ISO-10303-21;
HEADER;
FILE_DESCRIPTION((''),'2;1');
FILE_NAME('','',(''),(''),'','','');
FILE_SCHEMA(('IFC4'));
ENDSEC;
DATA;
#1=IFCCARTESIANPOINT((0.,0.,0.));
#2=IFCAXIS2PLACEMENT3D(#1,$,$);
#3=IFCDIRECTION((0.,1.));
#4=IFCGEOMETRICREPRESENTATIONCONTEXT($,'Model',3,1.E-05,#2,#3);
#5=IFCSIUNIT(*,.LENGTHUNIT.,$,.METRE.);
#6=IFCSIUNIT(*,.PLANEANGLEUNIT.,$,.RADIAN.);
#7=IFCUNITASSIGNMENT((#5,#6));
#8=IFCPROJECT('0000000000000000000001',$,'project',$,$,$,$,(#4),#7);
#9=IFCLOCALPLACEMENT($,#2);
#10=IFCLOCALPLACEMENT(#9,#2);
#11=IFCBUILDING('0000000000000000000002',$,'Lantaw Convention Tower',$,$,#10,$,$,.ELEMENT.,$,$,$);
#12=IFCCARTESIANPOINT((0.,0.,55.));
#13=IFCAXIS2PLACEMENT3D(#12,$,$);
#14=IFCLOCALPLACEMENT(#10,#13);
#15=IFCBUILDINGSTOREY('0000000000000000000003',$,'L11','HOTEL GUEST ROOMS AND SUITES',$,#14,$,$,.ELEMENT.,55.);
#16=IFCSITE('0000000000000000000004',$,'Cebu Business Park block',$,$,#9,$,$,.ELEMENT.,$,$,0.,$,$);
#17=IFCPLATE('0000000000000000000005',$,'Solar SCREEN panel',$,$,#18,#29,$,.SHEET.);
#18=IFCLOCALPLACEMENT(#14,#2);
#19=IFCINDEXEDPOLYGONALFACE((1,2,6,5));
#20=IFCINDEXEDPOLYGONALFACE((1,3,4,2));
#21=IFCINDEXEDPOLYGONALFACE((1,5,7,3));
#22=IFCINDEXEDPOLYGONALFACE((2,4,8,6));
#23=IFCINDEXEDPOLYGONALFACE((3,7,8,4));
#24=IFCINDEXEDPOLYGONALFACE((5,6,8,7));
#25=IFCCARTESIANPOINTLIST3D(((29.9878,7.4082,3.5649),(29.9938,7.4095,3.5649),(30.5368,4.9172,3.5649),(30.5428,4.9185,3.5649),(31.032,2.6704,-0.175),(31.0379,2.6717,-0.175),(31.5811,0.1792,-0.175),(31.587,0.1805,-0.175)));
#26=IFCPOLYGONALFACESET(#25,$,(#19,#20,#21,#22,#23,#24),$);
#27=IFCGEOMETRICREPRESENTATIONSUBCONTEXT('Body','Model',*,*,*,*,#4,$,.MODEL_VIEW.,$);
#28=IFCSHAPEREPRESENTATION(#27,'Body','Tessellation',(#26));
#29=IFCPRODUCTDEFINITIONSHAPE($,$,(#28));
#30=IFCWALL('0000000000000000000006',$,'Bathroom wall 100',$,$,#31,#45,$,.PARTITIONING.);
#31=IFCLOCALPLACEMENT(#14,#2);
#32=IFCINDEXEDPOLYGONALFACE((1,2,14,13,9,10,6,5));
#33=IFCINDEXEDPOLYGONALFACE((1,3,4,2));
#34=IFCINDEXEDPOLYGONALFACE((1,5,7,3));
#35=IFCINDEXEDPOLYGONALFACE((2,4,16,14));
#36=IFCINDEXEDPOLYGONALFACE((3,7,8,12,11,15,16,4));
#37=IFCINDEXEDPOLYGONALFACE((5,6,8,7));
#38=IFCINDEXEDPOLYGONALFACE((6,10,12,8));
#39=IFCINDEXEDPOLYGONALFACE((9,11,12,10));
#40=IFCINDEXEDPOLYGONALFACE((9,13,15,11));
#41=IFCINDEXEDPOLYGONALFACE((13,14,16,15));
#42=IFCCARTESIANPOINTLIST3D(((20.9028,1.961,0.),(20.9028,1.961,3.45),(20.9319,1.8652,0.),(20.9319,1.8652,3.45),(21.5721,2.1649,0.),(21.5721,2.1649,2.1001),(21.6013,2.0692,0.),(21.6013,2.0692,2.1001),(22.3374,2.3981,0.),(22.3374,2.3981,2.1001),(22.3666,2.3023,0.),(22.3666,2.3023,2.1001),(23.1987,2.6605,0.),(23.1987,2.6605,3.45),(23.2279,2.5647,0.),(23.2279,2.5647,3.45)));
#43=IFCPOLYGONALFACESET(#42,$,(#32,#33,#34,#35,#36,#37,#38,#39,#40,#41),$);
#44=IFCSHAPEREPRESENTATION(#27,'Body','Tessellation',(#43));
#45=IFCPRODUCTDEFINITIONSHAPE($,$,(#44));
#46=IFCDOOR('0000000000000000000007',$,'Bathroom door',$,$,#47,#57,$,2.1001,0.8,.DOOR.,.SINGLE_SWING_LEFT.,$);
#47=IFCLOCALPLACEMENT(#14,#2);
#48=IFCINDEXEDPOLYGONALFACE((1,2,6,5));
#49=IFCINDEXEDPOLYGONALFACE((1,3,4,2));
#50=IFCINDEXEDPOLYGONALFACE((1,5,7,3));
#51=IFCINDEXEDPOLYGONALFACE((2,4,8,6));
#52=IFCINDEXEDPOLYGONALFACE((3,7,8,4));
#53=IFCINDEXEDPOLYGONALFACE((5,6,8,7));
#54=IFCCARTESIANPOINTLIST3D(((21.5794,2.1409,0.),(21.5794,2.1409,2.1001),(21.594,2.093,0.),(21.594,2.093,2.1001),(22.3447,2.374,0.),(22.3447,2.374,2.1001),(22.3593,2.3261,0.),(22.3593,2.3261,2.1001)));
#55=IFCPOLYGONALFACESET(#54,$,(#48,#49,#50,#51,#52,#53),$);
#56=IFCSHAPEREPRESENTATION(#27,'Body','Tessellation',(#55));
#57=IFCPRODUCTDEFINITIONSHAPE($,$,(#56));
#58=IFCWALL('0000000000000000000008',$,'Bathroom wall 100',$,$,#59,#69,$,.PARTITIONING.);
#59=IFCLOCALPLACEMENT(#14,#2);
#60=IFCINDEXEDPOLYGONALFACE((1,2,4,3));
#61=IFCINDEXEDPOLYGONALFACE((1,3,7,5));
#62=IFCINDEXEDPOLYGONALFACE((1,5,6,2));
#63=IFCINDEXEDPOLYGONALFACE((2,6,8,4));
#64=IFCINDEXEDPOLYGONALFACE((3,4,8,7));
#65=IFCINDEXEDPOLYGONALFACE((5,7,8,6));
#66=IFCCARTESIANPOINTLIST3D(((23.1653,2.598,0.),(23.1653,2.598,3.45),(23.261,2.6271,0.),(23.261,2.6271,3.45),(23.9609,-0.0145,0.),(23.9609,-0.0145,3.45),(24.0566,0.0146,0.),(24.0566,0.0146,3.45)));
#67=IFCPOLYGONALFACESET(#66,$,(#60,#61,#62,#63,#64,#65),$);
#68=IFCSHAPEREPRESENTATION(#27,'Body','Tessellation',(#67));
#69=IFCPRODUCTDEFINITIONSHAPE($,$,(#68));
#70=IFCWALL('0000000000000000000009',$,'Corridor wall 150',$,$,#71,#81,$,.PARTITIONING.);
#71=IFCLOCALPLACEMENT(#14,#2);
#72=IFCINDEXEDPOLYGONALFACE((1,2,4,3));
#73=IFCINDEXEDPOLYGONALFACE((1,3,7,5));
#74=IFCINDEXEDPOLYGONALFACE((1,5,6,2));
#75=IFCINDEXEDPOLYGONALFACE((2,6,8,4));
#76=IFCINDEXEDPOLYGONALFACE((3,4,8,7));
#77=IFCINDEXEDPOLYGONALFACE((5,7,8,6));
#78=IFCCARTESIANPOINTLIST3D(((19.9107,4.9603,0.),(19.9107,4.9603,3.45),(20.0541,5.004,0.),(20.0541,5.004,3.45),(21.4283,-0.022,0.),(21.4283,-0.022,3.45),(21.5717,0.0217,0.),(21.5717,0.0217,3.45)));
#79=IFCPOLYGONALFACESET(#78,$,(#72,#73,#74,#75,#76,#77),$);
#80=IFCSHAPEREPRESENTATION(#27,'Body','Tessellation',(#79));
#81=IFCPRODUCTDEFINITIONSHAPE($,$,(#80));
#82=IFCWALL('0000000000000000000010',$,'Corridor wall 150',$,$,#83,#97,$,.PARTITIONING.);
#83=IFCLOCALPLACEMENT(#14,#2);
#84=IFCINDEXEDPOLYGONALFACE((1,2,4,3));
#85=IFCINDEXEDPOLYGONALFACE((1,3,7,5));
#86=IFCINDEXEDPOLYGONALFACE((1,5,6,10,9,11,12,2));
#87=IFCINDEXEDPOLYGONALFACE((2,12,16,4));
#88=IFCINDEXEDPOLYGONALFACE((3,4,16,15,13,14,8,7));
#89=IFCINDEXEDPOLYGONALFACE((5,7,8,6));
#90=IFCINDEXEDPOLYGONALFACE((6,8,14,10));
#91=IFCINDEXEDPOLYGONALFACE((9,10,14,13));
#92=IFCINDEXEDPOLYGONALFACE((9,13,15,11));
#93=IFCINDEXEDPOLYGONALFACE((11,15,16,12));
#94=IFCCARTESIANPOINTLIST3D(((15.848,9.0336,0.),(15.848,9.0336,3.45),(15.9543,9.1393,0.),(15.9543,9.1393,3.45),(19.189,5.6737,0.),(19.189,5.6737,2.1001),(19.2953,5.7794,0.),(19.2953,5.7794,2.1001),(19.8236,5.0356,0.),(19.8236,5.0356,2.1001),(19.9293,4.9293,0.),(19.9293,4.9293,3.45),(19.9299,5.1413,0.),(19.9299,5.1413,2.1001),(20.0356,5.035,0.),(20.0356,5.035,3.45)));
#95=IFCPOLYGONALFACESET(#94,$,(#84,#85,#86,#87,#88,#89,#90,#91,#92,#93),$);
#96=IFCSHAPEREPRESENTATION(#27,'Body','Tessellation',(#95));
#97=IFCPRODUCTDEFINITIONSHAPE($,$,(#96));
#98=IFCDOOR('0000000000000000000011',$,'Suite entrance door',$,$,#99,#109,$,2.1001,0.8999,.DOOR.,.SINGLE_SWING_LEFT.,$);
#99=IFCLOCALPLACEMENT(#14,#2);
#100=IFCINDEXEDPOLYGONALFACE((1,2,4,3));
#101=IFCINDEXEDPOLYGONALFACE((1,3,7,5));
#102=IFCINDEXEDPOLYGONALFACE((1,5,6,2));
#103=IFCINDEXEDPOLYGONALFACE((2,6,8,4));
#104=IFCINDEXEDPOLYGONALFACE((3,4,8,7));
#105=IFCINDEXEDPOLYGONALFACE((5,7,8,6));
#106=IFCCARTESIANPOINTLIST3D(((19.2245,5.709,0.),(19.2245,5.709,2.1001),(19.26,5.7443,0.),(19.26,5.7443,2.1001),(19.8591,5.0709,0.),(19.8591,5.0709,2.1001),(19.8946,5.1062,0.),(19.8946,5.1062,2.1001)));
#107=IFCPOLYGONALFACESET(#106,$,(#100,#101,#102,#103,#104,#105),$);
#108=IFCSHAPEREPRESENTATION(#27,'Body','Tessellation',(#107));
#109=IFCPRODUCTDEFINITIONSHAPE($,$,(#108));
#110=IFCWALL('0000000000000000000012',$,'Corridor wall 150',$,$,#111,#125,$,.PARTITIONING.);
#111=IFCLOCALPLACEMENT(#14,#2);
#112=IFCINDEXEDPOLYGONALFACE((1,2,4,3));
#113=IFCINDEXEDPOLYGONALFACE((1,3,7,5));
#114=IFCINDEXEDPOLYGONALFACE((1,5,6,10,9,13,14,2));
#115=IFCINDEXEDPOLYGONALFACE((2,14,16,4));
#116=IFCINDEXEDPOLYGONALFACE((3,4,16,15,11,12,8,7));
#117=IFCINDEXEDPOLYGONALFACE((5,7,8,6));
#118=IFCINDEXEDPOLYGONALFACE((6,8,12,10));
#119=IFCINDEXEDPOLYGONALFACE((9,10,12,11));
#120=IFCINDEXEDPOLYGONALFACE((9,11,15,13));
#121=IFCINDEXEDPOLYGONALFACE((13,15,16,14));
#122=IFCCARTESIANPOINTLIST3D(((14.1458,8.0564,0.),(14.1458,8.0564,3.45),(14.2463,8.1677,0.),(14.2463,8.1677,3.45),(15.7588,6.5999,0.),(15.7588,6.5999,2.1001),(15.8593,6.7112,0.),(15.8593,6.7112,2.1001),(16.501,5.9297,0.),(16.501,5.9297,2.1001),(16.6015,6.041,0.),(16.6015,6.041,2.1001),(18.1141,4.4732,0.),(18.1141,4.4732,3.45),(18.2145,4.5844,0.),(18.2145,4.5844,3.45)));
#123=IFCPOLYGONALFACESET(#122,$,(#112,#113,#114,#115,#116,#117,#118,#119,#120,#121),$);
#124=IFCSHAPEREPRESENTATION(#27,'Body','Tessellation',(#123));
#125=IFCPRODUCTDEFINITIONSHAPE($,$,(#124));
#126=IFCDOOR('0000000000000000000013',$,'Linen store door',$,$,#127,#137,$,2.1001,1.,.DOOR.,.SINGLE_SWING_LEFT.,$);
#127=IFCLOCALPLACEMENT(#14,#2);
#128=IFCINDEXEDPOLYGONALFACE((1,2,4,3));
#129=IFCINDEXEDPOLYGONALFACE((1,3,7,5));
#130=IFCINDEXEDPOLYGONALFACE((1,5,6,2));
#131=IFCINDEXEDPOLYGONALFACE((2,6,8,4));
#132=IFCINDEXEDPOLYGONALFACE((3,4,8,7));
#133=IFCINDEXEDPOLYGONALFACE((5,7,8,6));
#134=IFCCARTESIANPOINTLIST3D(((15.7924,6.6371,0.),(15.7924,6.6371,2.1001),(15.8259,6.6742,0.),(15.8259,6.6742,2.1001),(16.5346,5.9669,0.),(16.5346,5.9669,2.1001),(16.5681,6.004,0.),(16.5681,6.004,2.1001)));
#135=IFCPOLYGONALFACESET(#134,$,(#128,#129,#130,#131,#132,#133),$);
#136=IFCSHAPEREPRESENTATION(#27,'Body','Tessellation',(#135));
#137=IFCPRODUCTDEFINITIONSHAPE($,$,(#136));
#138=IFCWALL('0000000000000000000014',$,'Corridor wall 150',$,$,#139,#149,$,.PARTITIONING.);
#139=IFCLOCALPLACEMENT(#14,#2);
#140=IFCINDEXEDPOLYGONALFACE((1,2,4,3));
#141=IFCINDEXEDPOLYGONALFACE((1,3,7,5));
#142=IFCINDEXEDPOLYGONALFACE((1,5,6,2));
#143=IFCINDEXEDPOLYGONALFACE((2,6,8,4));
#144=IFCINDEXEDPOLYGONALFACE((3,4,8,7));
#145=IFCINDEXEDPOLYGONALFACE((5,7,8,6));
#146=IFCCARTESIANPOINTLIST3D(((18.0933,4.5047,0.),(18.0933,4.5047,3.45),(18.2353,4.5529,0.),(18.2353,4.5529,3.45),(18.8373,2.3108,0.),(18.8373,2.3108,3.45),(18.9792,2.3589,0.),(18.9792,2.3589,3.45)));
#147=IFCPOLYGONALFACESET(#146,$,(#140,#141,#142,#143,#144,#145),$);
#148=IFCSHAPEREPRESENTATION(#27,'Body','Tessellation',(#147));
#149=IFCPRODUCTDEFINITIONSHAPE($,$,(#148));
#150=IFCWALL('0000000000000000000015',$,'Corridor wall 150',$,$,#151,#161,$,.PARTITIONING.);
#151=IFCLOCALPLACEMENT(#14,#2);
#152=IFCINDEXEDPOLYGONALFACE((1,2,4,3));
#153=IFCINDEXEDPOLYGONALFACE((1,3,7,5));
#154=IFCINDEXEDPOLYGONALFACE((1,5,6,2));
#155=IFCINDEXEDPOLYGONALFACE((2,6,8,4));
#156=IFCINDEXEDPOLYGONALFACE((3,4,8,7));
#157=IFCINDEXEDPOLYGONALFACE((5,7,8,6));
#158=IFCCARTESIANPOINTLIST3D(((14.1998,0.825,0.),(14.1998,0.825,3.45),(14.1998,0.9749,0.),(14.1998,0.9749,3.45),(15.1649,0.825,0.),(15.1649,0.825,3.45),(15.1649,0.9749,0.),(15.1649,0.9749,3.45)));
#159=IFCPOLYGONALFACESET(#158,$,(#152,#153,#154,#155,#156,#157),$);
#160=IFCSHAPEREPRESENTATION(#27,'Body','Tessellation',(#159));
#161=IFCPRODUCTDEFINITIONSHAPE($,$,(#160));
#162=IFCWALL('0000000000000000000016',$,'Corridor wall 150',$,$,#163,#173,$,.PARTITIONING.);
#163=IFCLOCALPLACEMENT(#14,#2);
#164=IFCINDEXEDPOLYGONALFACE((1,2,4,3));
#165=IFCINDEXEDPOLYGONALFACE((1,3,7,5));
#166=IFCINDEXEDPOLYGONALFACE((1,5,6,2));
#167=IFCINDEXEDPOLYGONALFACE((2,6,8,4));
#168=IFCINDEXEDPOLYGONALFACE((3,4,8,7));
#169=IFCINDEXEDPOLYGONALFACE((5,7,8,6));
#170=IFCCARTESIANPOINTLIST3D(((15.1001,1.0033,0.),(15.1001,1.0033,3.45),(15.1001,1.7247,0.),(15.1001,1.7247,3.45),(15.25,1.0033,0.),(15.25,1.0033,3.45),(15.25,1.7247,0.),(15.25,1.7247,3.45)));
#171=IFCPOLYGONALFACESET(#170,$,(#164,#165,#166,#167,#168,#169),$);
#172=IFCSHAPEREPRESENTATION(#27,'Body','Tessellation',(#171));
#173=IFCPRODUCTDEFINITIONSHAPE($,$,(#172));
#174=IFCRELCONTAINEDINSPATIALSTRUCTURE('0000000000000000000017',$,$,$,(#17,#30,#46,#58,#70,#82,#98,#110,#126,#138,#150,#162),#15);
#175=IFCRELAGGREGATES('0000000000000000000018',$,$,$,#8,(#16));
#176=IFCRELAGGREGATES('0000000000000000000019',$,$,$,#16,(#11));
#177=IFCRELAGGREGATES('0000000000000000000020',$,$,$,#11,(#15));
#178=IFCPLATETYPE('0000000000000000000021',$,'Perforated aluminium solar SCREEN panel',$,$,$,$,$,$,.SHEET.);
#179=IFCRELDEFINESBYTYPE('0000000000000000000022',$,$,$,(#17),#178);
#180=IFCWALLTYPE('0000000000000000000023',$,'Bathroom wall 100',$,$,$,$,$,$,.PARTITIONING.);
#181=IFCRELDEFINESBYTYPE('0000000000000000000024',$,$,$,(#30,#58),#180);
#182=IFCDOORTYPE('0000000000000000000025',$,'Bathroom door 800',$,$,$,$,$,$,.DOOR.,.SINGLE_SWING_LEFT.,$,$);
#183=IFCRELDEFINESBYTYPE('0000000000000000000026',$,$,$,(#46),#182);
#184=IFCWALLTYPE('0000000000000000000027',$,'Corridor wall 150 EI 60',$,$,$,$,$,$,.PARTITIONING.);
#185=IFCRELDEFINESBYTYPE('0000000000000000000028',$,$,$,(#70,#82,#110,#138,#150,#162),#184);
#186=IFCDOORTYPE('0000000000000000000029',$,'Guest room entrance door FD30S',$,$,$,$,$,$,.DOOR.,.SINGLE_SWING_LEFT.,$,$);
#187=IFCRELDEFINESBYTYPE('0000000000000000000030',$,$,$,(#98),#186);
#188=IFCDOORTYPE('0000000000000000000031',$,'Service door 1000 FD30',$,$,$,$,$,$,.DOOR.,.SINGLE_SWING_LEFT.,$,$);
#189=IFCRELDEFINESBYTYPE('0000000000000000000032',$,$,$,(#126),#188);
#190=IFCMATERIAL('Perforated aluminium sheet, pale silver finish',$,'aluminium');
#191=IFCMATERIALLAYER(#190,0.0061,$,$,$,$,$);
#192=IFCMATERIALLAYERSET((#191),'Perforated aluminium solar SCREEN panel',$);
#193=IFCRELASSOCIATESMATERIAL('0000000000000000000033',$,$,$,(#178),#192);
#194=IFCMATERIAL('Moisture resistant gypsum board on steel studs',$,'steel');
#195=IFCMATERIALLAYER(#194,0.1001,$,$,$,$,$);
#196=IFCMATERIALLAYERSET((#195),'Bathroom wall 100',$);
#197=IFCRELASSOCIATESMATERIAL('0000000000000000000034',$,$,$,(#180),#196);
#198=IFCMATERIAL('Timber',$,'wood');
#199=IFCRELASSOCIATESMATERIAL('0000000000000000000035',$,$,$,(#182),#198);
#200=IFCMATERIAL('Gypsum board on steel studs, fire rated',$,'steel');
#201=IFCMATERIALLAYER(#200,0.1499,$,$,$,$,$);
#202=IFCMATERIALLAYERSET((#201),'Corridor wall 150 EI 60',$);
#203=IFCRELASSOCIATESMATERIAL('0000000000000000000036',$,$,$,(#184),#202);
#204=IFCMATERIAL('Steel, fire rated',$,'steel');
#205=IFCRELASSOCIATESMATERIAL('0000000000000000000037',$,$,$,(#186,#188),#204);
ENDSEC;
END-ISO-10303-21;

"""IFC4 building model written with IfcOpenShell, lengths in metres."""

from ifc_helpers import new_model, si_unit, direction, frame, frame_2d, origin, place, context, subcontext, project, spatial, polyline, rectangle, outline, extrude, material, layer, layer_set, type_object, element, fill, save


model = new_model("IFC4")

# Units and contexts
model_context = context("Model", 3, precision=1e-05, world=origin(), true_north=direction((0.0, 1.0)))
body_context = subcontext(model_context, "Body", "Model", "MODEL_VIEW")
ifc_project = project(units=[si_unit("LENGTHUNIT", "METRE"), si_unit("PLANEANGLEUNIT", "RADIAN")], contexts=[model_context])

# Site, building, storey
site_placement = place(None, origin())
site = spatial("IfcSite", under=ifc_project, at=site_placement, Name="Cebu Business Park block", CompositionType="ELEMENT", RefElevation=0.0)
building_placement = place(site_placement, origin())
building = spatial("IfcBuilding", under=site, at=building_placement, Name="Lantaw Convention Tower", CompositionType="ELEMENT")
storey_placement = place(building_placement, frame((0.0, 0.0, 55.0)))
storey = spatial("IfcBuildingStorey", under=building, at=storey_placement, Name="L11", Description="HOTEL GUEST ROOMS AND SUITES", CompositionType="ELEMENT", Elevation=55.0)

# Plate
ifc_material_1 = material(Name="Perforated aluminium sheet, pale silver finish", Category="aluminium")
ifc_layer_1 = layer(ifc_material_1, 0.0061)
ifc_layer_set_1 = layer_set([ifc_layer_1], Name="Perforated aluminium solar SCREEN panel")
plate_type = type_object("IfcPlateType", Name="Perforated aluminium solar SCREEN panel", PredefinedType="SHEET", material=ifc_layer_set_1)
plate_placement = place(storey_placement, frame((31.5811, 0.1792, -0.175), z_axis=(-0.976559, -0.215248, 0.00003), x_axis=(-0.215248, 0.976559, 0.0)))
element("IfcPlate", 1, at=plate_placement, inside=storey, type_object=plate_type, Name="Solar SCREEN panel", PredefinedType="SHEET", context=body_context, shape_type="SweptSolid", body=[
    extrude(outline(polyline([(0.0, 0.0), (2.551, 0.0), (7.4025, -3.74), (4.8517, -3.74), (0.0, 0.0)])), origin(), (0.0, 0.0, -1.0), 0.0061),
])

# Wall, opening, door
ifc_material_2 = material(Name="Moisture resistant gypsum board on steel studs", Category="steel")
ifc_layer_2 = layer(ifc_material_2, 0.1001)
ifc_layer_set_2 = layer_set([ifc_layer_2], Name="Bathroom wall 100")
wall_type_1 = type_object("IfcWallType", Name="Bathroom wall 100", PredefinedType="PARTITIONING", material=ifc_layer_set_2)
wall_1_placement = place(storey_placement, frame((20.9172, 1.9131, 0.0), z_axis=(0.0, 0.0, 1.0), x_axis=(0.956591, 0.291433, 0.0)))
wall_1 = element("IfcWall", 2, at=wall_1_placement, inside=storey, type_object=wall_type_1, Name="Bathroom wall 100", PredefinedType="PARTITIONING", context=body_context, shape_type="SweptSolid", body=[
    extrude(rectangle(XDim=2.4001, YDim=0.1001, at=frame_2d((1.2002, 0.0))), origin(), (0.0, 0.0, 1.0), 3.45),
])
opening_1_placement = place(wall_1_placement, frame((0.7, 0.0, 0.0)))
opening_1 = element("IfcOpeningElement", 3, at=opening_1_placement, cuts=wall_1, PredefinedType="OPENING", context=body_context, shape_type="SweptSolid", body=[
    extrude(rectangle(XDim=0.8, YDim=2.1001, at=frame_2d((0.3999, 1.05))), frame((0.0, 0.0601, 0.0), z_axis=(0.0, -1.0, 0.0), x_axis=(1.0, 0.0, 0.0)), (0.0, 0.0, 1.0), 0.1201),
])
ifc_material_3 = material(Name="Timber", Category="wood")
door_type_1 = type_object("IfcDoorType", Name="Bathroom door 800", OperationType="SINGLE_SWING_LEFT", PredefinedType="DOOR", material=ifc_material_3)
door_1_placement = place(opening_1_placement, origin())
door_1 = element("IfcDoor", 4, at=door_1_placement, inside=storey, type_object=door_type_1, Name="Bathroom door", OperationType="SINGLE_SWING_LEFT", OverallHeight=2.1001, OverallWidth=0.8, PredefinedType="DOOR", context=body_context, shape_type="SweptSolid", body=[
    extrude(rectangle(XDim=0.8, YDim=2.1001, at=frame_2d((0.3999, 1.05))), frame((0.0, 0.0249, 0.0), z_axis=(0.0, -1.0, 0.0), x_axis=(1.0, 0.0, 0.0)), (0.0, 0.0, 1.0), 0.05),
])
fill(opening_1, door_1)

# Walls
wall_2_placement = place(storey_placement, frame((23.2131, 2.6125, 0.0), z_axis=(0.0, 0.0, 1.0), x_axis=(0.291339, -0.95662, 0.0)))
element("IfcWall", 5, at=wall_2_placement, inside=storey, type_object=wall_type_1, Name="Bathroom wall 100", PredefinedType="PARTITIONING", context=body_context, shape_type="SweptSolid", body=[
    extrude(rectangle(XDim=2.731, YDim=0.1001, at=frame_2d((1.3655, 0.0))), origin(), (0.0, 0.0, 1.0), 3.45),
])
ifc_material_4 = material(Name="Gypsum board on steel studs, fire rated", Category="steel")
ifc_layer_3 = layer(ifc_material_4, 0.1499)
ifc_layer_set_3 = layer_set([ifc_layer_3], Name="Corridor wall 150 EI 60")
wall_type_2 = type_object("IfcWallType", Name="Corridor wall 150 EI 60", PredefinedType="PARTITIONING", material=ifc_layer_set_3)
wall_3_placement = place(storey_placement, frame((21.5, 0.0, 0.0), z_axis=(0.0, 0.0, 1.0), x_axis=(-0.291384, 0.956606, 0.0)))
element("IfcWall", 6, at=wall_3_placement, inside=storey, type_object=wall_type_2, Name="Corridor wall 150", PredefinedType="PARTITIONING", context=body_context, shape_type="SweptSolid", body=[
    extrude(rectangle(XDim=5.2083, YDim=0.1499, at=frame_2d((2.604, 0.0))), origin(), (0.0, 0.0, 1.0), 3.45),
])

# Walls, openings, doors
wall_4_placement = place(storey_placement, frame((19.9824, 4.9822, 0.0), z_axis=(0.0, 0.0, 1.0), x_axis=(-0.705122, 0.709086, 0.0)))
wall_4 = element("IfcWall", 7, at=wall_4_placement, inside=storey, type_object=wall_type_2, Name="Corridor wall 150", PredefinedType="PARTITIONING", context=body_context, shape_type="SweptSolid", body=[
    extrude(rectangle(XDim=5.7881, YDim=0.1499, at=frame_2d((2.894, 0.0))), origin(), (0.0, 0.0, 1.0), 3.45),
])
opening_2_placement = place(wall_4_placement, frame((0.1499, 0.0, 0.0)))
opening_2 = element("IfcOpeningElement", 8, at=opening_2_placement, cuts=wall_4, PredefinedType="OPENING", context=body_context, shape_type="SweptSolid", body=[
    extrude(rectangle(XDim=0.8999, YDim=2.1001, at=frame_2d((0.45, 1.05))), frame((0.0, 0.085, 0.0), z_axis=(0.0, -1.0, 0.0), x_axis=(1.0, 0.0, 0.0)), (0.0, 0.0, 1.0), 0.1699),
])
ifc_material_5 = material(Name="Steel, fire rated", Category="steel")
door_type_2 = type_object("IfcDoorType", Name="Guest room entrance door FD30S", OperationType="SINGLE_SWING_LEFT", PredefinedType="DOOR", material=ifc_material_5)
door_2_placement = place(opening_2_placement, origin())
door_2 = element("IfcDoor", 9, at=door_2_placement, inside=storey, type_object=door_type_2, Name="Suite entrance door", OperationType="SINGLE_SWING_LEFT", OverallHeight=2.1001, OverallWidth=0.8999, PredefinedType="DOOR", context=body_context, shape_type="SweptSolid", body=[
    extrude(rectangle(XDim=0.8999, YDim=2.1001, at=frame_2d((0.45, 1.05))), frame((0.0, 0.0249, 0.0), z_axis=(0.0, -1.0, 0.0), x_axis=(1.0, 0.0, 0.0)), (0.0, 0.0, 1.0), 0.05),
])
fill(opening_2, door_2)
wall_5_placement = place(storey_placement, frame((18.1643, 4.5288, 0.0), z_axis=(0.0, 0.0, 1.0), x_axis=(-0.742194, 0.670185, 0.0)))
wall_5 = element("IfcWall", 10, at=wall_5_placement, inside=storey, type_object=wall_type_2, Name="Corridor wall 150", PredefinedType="PARTITIONING", context=body_context, shape_type="SweptSolid", body=[
    extrude(rectangle(XDim=5.3467, YDim=0.1499, at=frame_2d((2.6733, 0.0))), origin(), (0.0, 0.0, 1.0), 3.45),
])
opening_3_placement = place(wall_5_placement, frame((2.1733, 0.0, 0.0)))
opening_3 = element("IfcOpeningElement", 11, at=opening_3_placement, cuts=wall_5, PredefinedType="OPENING", context=body_context, shape_type="SweptSolid", body=[
    extrude(rectangle(XDim=1.0, YDim=2.1001, at=frame_2d((0.5, 1.05))), frame((0.0, 0.085, 0.0), z_axis=(0.0, -1.0, 0.0), x_axis=(1.0, 0.0, 0.0)), (0.0, 0.0, 1.0), 0.1699),
])
door_type_3 = type_object("IfcDoorType", Name="Service door 1000 FD30", OperationType="SINGLE_SWING_LEFT", PredefinedType="DOOR", material=ifc_material_5)
door_3_placement = place(opening_3_placement, origin())
door_3 = element("IfcDoor", 12, at=door_3_placement, inside=storey, type_object=door_type_3, Name="Linen store door", OperationType="SINGLE_SWING_LEFT", OverallHeight=2.1001, OverallWidth=1.0, PredefinedType="DOOR", context=body_context, shape_type="SweptSolid", body=[
    extrude(rectangle(XDim=1.0, YDim=2.1001, at=frame_2d((0.5, 1.05))), frame((0.0, 0.0249, 0.0), z_axis=(0.0, -1.0, 0.0), x_axis=(1.0, 0.0, 0.0)), (0.0, 0.0, 1.0), 0.05),
])
fill(opening_3, door_3)

# Walls
wall_6_placement = place(storey_placement, frame((18.9082, 2.335, 0.0), z_axis=(0.0, 0.0, 1.0), x_axis=(-0.321124, 0.947037, 0.0)))
element("IfcWall", 13, at=wall_6_placement, inside=storey, type_object=wall_type_2, Name="Corridor wall 150", PredefinedType="PARTITIONING", context=body_context, shape_type="SweptSolid", body=[
    extrude(rectangle(XDim=2.3167, YDim=0.1499, at=frame_2d((1.1582, 0.0))), origin(), (0.0, 0.0, 1.0), 3.45),
])
wall_7_placement = place(storey_placement, frame((14.2, 0.8999, 0.0), z_axis=(0.0, 0.0, 1.0), x_axis=(1.0, 0.0, 0.0)))
element("IfcWall", 14, at=wall_7_placement, inside=storey, type_object=wall_type_2, Name="Corridor wall 150", PredefinedType="PARTITIONING", context=body_context, shape_type="SweptSolid", body=[
    extrude(rectangle(XDim=0.9651, YDim=0.1499, at=frame_2d((0.4824, 0.0))), origin(), (0.0, 0.0, 1.0), 3.45),
])
wall_8_placement = place(storey_placement, frame((15.175, 1.0032, 0.0), z_axis=(0.0, 0.0, 1.0), x_axis=(0.0, 1.0, 0.0)))
element("IfcWall", 15, at=wall_8_placement, inside=storey, type_object=wall_type_2, Name="Corridor wall 150", PredefinedType="PARTITIONING", context=body_context, shape_type="SweptSolid", body=[
    extrude(rectangle(XDim=0.7214, YDim=0.1499, at=frame_2d((0.3608, 0.0))), origin(), (0.0, 0.0, 1.0), 3.45),
])

save(model, "model.ifc")
